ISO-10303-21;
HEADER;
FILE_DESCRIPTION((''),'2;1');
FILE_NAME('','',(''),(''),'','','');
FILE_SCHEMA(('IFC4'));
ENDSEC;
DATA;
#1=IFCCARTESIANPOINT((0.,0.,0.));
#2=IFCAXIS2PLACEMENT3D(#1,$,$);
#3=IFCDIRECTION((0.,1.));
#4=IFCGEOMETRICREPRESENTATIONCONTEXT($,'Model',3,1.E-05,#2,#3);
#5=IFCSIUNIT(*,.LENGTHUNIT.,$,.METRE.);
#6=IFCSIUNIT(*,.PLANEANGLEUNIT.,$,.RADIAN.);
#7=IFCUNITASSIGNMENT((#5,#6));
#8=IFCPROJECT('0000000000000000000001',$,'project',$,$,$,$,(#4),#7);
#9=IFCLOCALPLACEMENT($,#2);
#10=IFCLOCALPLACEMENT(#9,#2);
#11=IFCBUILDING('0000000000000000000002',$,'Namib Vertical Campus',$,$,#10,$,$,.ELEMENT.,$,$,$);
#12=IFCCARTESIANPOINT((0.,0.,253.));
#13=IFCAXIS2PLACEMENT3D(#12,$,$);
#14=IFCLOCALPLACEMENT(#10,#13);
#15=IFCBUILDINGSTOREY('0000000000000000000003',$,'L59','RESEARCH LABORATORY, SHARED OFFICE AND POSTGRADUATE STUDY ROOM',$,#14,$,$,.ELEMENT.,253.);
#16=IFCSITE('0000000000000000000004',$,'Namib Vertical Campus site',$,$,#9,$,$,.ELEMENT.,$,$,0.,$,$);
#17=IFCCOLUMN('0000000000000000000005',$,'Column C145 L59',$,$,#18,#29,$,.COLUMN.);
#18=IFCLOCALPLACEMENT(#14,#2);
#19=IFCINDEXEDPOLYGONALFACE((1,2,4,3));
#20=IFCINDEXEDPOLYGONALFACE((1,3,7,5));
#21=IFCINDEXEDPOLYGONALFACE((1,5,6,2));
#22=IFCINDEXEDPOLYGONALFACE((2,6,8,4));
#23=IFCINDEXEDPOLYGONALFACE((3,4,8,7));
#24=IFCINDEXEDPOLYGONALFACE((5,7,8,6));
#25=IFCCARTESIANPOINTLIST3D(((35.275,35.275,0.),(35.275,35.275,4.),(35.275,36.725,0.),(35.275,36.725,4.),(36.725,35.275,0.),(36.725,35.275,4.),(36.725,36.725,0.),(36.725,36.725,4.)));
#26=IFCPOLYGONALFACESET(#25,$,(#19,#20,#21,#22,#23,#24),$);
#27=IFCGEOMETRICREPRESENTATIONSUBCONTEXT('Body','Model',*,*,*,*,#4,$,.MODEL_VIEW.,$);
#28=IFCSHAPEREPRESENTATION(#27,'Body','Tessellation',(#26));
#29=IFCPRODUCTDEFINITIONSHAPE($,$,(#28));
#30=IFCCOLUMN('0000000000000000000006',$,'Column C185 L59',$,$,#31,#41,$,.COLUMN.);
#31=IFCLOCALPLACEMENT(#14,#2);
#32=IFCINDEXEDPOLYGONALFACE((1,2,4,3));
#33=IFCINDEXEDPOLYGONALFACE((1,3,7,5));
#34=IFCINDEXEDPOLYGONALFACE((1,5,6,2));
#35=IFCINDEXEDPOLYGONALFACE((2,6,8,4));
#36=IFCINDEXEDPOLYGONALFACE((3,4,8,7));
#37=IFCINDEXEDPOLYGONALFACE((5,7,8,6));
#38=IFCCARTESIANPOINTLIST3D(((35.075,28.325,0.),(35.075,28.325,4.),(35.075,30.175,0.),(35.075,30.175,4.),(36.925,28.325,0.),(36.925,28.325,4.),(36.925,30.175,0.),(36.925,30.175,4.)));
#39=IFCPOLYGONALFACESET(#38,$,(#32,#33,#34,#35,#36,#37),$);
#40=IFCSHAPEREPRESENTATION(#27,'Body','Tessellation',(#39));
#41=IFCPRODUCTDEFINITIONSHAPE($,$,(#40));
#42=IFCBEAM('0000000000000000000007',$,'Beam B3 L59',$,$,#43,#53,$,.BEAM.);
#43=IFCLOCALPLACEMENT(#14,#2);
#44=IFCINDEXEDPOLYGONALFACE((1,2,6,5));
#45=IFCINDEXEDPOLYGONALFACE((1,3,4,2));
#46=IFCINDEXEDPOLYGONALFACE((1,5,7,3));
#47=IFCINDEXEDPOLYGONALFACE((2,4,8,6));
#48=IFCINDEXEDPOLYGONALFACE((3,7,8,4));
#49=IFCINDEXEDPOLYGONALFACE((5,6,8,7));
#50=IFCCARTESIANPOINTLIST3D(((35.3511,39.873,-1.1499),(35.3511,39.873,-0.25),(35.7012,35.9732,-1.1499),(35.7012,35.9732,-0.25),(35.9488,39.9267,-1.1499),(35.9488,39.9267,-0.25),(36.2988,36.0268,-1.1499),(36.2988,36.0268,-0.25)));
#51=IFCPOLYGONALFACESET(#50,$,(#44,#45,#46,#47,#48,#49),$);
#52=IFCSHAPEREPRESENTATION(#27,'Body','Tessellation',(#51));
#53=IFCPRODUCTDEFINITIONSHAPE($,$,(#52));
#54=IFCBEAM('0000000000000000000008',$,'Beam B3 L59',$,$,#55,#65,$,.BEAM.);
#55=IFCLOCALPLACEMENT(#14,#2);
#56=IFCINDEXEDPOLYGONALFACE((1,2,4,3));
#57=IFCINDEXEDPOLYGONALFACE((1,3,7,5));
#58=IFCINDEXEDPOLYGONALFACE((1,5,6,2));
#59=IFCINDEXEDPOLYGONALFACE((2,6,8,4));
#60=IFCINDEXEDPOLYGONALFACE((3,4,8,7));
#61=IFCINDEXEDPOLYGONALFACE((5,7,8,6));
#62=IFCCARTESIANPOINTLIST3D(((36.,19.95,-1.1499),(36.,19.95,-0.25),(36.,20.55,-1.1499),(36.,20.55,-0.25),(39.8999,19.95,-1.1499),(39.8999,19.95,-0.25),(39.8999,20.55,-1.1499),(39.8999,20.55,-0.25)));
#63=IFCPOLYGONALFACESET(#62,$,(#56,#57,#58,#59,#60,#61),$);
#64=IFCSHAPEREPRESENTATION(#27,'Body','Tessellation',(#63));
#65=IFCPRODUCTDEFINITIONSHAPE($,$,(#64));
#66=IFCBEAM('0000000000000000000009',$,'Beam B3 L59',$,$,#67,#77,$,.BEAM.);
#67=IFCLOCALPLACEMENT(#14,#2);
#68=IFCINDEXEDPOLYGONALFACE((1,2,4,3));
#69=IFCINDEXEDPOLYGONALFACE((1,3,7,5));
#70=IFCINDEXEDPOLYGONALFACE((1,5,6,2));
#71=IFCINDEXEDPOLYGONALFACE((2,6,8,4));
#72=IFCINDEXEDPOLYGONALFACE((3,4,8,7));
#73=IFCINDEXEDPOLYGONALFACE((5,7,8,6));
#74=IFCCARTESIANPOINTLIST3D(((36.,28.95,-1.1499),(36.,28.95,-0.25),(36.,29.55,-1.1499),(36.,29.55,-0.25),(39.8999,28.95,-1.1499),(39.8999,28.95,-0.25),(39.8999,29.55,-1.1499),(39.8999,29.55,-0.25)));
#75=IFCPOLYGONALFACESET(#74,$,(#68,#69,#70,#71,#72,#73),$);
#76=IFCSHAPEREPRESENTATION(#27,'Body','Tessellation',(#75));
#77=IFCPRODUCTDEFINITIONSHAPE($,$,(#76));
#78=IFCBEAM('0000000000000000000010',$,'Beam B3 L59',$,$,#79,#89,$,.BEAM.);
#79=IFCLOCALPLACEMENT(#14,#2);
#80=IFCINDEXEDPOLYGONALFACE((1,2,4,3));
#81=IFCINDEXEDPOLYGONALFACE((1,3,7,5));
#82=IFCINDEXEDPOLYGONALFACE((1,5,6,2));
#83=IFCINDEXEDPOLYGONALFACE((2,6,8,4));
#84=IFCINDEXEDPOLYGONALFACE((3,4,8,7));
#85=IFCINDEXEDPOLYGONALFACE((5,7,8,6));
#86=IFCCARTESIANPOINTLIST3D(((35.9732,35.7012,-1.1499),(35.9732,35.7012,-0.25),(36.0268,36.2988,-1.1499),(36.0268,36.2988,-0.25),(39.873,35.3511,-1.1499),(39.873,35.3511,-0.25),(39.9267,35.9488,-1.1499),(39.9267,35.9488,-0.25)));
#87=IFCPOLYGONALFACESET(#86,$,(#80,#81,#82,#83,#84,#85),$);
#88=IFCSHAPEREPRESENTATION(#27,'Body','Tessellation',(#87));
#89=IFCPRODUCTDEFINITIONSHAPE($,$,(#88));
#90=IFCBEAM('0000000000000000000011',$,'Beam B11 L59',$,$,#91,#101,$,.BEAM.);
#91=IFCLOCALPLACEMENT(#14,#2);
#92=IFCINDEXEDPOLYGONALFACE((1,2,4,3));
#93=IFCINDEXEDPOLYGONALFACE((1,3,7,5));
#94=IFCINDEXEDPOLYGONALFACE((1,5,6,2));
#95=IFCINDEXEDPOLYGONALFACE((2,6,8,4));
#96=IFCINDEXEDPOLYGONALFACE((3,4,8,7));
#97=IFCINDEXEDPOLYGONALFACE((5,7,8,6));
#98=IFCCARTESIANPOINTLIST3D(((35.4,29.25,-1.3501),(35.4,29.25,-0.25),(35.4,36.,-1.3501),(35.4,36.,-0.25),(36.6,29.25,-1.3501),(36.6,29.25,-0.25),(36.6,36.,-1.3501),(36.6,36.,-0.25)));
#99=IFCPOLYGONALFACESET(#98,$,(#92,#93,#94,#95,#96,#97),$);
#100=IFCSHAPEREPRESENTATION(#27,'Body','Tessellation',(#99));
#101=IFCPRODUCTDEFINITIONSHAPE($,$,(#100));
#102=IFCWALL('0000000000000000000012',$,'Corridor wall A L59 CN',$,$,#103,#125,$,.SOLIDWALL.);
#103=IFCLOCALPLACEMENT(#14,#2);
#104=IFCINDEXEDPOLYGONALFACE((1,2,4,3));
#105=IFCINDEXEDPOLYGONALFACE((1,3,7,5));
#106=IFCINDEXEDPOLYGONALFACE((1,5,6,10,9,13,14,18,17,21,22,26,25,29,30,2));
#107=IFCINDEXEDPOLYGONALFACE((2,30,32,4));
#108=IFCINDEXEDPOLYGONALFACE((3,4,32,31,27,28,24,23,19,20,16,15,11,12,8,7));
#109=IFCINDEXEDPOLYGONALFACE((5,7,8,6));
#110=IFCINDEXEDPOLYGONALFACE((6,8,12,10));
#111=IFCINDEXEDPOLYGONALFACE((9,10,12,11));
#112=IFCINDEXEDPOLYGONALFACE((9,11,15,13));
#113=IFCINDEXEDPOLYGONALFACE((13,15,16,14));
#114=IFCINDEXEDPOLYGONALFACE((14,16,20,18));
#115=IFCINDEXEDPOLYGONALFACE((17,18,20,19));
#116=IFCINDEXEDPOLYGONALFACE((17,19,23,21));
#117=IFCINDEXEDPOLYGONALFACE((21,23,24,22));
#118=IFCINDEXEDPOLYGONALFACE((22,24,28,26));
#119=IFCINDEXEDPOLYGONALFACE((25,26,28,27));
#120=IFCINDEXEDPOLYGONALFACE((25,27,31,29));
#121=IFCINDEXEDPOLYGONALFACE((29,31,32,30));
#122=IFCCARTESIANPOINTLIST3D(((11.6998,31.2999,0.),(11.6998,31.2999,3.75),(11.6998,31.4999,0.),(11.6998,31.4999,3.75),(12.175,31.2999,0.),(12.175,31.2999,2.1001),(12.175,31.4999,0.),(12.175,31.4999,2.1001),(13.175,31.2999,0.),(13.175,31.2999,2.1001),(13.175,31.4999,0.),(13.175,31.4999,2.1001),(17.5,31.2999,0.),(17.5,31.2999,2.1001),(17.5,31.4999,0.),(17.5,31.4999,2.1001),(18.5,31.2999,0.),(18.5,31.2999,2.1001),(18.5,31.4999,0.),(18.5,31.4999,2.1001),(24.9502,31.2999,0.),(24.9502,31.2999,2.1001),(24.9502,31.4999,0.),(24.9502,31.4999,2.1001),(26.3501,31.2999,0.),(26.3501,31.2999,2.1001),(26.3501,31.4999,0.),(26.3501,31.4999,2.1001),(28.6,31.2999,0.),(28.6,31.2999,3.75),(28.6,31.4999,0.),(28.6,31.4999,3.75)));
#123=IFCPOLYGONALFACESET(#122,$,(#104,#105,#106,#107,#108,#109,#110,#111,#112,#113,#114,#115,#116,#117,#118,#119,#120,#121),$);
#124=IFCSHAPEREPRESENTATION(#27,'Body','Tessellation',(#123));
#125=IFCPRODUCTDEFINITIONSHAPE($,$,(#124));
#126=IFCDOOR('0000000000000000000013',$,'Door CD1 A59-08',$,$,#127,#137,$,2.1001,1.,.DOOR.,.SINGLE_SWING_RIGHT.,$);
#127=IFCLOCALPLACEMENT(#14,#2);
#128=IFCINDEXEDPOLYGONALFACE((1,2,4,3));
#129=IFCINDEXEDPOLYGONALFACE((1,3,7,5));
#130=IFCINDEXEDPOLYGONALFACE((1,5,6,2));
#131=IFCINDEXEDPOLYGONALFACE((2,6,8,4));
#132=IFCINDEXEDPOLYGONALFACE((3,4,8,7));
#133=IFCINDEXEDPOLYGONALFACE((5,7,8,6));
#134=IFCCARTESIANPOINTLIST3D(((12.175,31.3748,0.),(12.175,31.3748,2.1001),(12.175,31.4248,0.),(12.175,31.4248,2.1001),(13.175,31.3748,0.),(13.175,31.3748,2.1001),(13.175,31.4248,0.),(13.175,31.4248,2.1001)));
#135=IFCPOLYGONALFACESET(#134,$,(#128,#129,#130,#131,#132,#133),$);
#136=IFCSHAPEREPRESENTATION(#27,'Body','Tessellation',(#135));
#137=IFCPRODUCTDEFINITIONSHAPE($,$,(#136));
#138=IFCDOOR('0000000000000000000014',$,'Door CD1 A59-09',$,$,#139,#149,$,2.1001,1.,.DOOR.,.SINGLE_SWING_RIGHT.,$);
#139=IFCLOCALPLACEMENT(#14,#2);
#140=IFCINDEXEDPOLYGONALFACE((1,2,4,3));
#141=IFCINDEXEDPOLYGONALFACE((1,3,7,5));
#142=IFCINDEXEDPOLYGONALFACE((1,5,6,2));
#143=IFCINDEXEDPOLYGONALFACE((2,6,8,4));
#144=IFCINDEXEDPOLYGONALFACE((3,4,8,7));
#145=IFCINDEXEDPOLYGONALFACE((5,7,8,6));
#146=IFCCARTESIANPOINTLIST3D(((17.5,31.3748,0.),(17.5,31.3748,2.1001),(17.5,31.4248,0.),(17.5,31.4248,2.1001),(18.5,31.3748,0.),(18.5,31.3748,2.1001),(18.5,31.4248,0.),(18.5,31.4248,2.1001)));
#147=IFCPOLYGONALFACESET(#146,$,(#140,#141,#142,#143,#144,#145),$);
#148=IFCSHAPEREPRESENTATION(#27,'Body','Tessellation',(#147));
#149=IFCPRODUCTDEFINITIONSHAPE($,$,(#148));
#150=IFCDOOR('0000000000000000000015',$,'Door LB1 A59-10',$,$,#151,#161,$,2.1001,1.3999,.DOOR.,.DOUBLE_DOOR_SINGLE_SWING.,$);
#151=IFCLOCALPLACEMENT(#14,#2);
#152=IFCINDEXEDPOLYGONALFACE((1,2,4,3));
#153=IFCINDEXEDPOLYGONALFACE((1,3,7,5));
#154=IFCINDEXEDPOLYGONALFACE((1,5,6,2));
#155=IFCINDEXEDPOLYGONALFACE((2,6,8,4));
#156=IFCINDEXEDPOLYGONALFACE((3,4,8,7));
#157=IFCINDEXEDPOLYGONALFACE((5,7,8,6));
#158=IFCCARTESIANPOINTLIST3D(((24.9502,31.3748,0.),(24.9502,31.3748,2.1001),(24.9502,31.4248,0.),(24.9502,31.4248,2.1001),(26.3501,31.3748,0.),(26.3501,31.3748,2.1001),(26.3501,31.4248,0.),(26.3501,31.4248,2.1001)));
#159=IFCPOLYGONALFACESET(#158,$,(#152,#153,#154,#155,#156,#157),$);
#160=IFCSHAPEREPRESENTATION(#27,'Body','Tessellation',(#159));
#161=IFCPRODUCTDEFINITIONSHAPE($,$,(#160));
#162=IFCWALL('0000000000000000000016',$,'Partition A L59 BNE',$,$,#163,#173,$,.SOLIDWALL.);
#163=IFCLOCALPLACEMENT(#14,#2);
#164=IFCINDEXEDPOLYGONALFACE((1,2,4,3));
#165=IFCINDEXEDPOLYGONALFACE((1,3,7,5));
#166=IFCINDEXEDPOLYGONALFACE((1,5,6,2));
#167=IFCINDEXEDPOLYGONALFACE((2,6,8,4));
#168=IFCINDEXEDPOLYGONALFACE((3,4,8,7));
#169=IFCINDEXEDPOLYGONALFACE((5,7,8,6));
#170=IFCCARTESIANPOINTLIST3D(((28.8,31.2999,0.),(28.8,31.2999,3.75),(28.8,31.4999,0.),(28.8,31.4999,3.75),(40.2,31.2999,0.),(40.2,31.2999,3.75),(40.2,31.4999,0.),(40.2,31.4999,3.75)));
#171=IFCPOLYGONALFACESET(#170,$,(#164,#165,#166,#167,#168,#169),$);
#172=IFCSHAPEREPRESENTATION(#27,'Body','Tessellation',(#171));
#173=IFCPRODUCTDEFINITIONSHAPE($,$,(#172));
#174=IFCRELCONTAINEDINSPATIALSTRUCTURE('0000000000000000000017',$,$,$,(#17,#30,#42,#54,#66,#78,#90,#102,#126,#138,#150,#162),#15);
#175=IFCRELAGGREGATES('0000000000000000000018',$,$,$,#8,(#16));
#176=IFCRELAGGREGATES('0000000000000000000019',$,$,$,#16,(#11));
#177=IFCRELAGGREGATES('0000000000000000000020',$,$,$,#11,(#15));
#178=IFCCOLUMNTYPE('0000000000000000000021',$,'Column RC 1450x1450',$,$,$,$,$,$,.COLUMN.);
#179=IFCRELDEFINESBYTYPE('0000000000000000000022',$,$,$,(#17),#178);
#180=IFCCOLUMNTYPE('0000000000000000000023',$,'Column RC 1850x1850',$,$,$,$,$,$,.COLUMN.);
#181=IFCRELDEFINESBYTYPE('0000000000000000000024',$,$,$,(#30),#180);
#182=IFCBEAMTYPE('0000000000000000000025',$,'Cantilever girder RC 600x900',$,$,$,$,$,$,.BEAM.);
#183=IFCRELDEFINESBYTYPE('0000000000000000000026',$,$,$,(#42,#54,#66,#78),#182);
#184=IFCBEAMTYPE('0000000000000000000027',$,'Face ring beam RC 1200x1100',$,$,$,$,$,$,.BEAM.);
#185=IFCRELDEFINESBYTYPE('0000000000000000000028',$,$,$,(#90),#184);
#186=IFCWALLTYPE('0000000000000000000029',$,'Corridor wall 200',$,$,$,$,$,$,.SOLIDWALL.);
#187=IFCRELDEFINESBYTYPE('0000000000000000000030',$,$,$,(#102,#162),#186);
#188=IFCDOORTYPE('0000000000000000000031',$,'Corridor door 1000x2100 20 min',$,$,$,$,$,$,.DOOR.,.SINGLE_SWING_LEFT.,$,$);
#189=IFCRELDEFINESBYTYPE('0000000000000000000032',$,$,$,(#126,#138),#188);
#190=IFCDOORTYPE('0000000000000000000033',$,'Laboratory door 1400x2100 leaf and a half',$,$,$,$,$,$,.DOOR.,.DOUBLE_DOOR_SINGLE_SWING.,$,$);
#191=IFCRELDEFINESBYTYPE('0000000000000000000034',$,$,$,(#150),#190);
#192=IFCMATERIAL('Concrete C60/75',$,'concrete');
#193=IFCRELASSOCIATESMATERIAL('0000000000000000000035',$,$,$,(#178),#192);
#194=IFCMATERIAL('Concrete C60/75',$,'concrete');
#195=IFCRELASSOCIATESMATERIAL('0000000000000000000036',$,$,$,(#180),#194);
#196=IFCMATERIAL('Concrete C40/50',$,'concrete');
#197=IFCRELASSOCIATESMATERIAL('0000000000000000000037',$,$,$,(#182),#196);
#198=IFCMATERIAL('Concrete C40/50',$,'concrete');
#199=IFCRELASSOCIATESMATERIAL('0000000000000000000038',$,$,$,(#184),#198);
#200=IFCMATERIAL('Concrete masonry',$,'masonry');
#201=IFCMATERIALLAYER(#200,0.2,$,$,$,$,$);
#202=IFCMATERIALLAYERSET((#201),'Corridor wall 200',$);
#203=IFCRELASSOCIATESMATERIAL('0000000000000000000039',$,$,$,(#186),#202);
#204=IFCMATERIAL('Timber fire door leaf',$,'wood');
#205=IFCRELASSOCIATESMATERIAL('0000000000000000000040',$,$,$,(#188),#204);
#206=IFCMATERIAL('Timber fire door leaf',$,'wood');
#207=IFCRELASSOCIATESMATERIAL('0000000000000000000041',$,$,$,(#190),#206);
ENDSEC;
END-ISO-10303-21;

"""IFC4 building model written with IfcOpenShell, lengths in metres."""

from ifc_helpers import new_model, si_unit, direction, frame, frame_2d, origin, origin_2d, place, context, subcontext, project, spatial, rectangle, extrude, material, layer, layer_set, material_profile, profile_set, type_object, element, fill, save


model = new_model("IFC4")

# Units and contexts
model_context = context("Model", 3, precision=1e-05, world=origin(), true_north=direction((0.0, 1.0)))
body_context = subcontext(model_context, "Body", "Model", "MODEL_VIEW")
ifc_project = project(units=[si_unit("LENGTHUNIT", "METRE"), si_unit("PLANEANGLEUNIT", "RADIAN")], contexts=[model_context])

# Site, building, storey
site_placement = place(None, origin())
site = spatial("IfcSite", under=ifc_project, at=site_placement, Name="Namib Vertical Campus site", CompositionType="ELEMENT", RefElevation=0.0)
building_placement = place(site_placement, origin())
building = spatial("IfcBuilding", under=site, at=building_placement, Name="Namib Vertical Campus", CompositionType="ELEMENT")
storey_placement = place(building_placement, frame((0.0, 0.0, 253.0)))
storey = spatial("IfcBuildingStorey", under=building, at=storey_placement, Name="L59", Description="RESEARCH LABORATORY, SHARED OFFICE AND POSTGRADUATE STUDY ROOM", CompositionType="ELEMENT", Elevation=253.0)

# Columns
ifc_material_1 = material(Name="Concrete C60/75", Category="concrete")
ifc_material_profile_1 = material_profile(ifc_material_1, rectangle(XDim=1.45, YDim=1.45, at=origin_2d()))
ifc_profile_set_1 = profile_set([ifc_material_profile_1], Name="Concrete C60/75")
column_type_1 = type_object("IfcColumnType", Name="Column RC 1450x1450", PredefinedType="COLUMN", material=ifc_profile_set_1)
column_1_placement = place(storey_placement, frame((36.0, 36.0, 0.0), z_axis=(0.0, 0.0, 1.0), x_axis=(1.0, 0.0, 0.0)))
element("IfcColumn", 1, at=column_1_placement, inside=storey, type_object=column_type_1, Name="Column C145 L59", PredefinedType="COLUMN", context=body_context, shape_type="SweptSolid", body=[
    extrude(rectangle(XDim=1.45, YDim=1.45, at=origin_2d()), origin(), (0.0, 0.0, 1.0), 4.0),
])
ifc_material_2 = material(Name="Concrete C60/75", Category="concrete")
ifc_material_profile_2 = material_profile(ifc_material_2, rectangle(XDim=1.8501, YDim=1.8501, at=origin_2d()))
ifc_profile_set_2 = profile_set([ifc_material_profile_2], Name="Concrete C60/75")
column_type_2 = type_object("IfcColumnType", Name="Column RC 1850x1850", PredefinedType="COLUMN", material=ifc_profile_set_2)
column_2_placement = place(storey_placement, frame((36.0, 29.25, 0.0), z_axis=(0.0, 0.0, 1.0), x_axis=(1.0, 0.0, 0.0)))
element("IfcColumn", 2, at=column_2_placement, inside=storey, type_object=column_type_2, Name="Column C185 L59", PredefinedType="COLUMN", context=body_context, shape_type="SweptSolid", body=[
    extrude(rectangle(XDim=1.8501, YDim=1.8501, at=origin_2d()), origin(), (0.0, 0.0, 1.0), 4.0),
])

# Beams
ifc_material_3 = material(Name="Concrete C40/50", Category="concrete")
ifc_material_profile_3 = material_profile(ifc_material_3, rectangle(XDim=0.6001, YDim=0.8999, at=origin_2d()))
ifc_profile_set_3 = profile_set([ifc_material_profile_3], Name="Concrete C40/50")
beam_type_1 = type_object("IfcBeamType", Name="Cantilever girder RC 600x900", PredefinedType="BEAM", material=ifc_profile_set_3)
beam_1_placement = place(storey_placement, frame((36.0, 36.0, -0.7), z_axis=(-0.089411, 0.995995, 0.0), x_axis=(-0.995995, -0.089411, 0.0)))
element("IfcBeam", 3, at=beam_1_placement, inside=storey, type_object=beam_type_1, Name="Beam B3 L59", PredefinedType="BEAM", context=body_context, shape_type="SweptSolid", body=[
    extrude(rectangle(XDim=0.6001, YDim=0.8999, at=origin_2d()), origin(), (0.0, 0.0, 1.0), 3.9155),
])
for number, where, z_axis, x_axis, name in (
    (4, (36.0, 20.25, -0.7), (1.0, 0.0, 0.0), (0.0, 1.0, 0.0), "Beam B3 L59"),
    (5, (36.0, 29.25, -0.7), (1.0, 0.0, 0.0), (0.0, 1.0, 0.0), "Beam B3 L59"),
):
    element("IfcBeam", number, at=place(storey_placement, frame(where, z_axis=z_axis, x_axis=x_axis)), inside=storey, type_object=beam_type_1, Name=name, PredefinedType="BEAM", context=body_context, shape_type="SweptSolid", body=[
        extrude(rectangle(XDim=0.6001, YDim=0.8999, at=origin_2d()), origin(), (0.0, 0.0, 1.0), 3.8999),
    ])
beam_2_placement = place(storey_placement, frame((36.0, 36.0, -0.7), z_axis=(0.995995, -0.089411, 0.0), x_axis=(0.089411, 0.995995, 0.0)))
element("IfcBeam", 6, at=beam_2_placement, inside=storey, type_object=beam_type_1, Name="Beam B3 L59", PredefinedType="BEAM", context=body_context, shape_type="SweptSolid", body=[
    extrude(rectangle(XDim=0.6001, YDim=0.8999, at=origin_2d()), origin(), (0.0, 0.0, 1.0), 3.9155),
])
ifc_material_4 = material(Name="Concrete C40/50", Category="concrete")
ifc_material_profile_4 = material_profile(ifc_material_4, rectangle(XDim=1.2, YDim=1.1001, at=origin_2d()))
ifc_profile_set_4 = profile_set([ifc_material_profile_4], Name="Concrete C40/50")
beam_type_2 = type_object("IfcBeamType", Name="Face ring beam RC 1200x1100", PredefinedType="BEAM", material=ifc_profile_set_4)
beam_3_placement = place(storey_placement, frame((36.0, 29.25, -0.8), z_axis=(0.0, 1.0, 0.0), x_axis=(-1.0, 0.0, 0.0)))
element("IfcBeam", 7, at=beam_3_placement, inside=storey, type_object=beam_type_2, Name="Beam B11 L59", PredefinedType="BEAM", context=body_context, shape_type="SweptSolid", body=[
    extrude(rectangle(XDim=1.2, YDim=1.1001, at=origin_2d()), origin(), (0.0, 0.0, 1.0), 6.75),
])

# Wall, openings, doors
ifc_material_5 = material(Name="Concrete masonry", Category="masonry")
ifc_layer_1 = layer(ifc_material_5, 0.2)
ifc_layer_set_1 = layer_set([ifc_layer_1], Name="Corridor wall 200")
wall_type_1 = type_object("IfcWallType", Name="Corridor wall 200", PredefinedType="SOLIDWALL", material=ifc_layer_set_1)
wall_1_placement = place(storey_placement, frame((28.6001, 31.3999, 0.0), z_axis=(0.0, 0.0, 1.0), x_axis=(-1.0, 0.0, 0.0)))
wall_1 = element("IfcWall", 8, at=wall_1_placement, inside=storey, type_object=wall_type_1, Name="Corridor wall A L59 CN", PredefinedType="SOLIDWALL", context=body_context, shape_type="SweptSolid", body=[
    extrude(rectangle(XDim=16.9001, YDim=0.2, at=frame_2d((8.4502, 0.0))), origin(), (0.0, 0.0, 1.0), 3.75),
])
opening_1_placement = place(wall_1_placement, frame((15.425, 0.0, 0.0)))
opening_1 = element("IfcOpeningElement", 9, at=opening_1_placement, cuts=wall_1, PredefinedType="OPENING", context=body_context, shape_type="SweptSolid", body=[
    extrude(rectangle(XDim=1.0, YDim=2.1001, at=frame_2d((0.5, 1.05))), frame((0.0, 0.1099, 0.0), z_axis=(0.0, -1.0, 0.0), x_axis=(1.0, 0.0, 0.0)), (0.0, 0.0, 1.0), 0.22),
])
opening_2_placement = place(wall_1_placement, frame((10.1001, 0.0, 0.0)))
opening_2 = element("IfcOpeningElement", 10, at=opening_2_placement, cuts=wall_1, PredefinedType="OPENING", context=body_context, shape_type="SweptSolid", body=[
    extrude(rectangle(XDim=1.0, YDim=2.1001, at=frame_2d((0.5, 1.05))), frame((0.0, 0.1099, 0.0), z_axis=(0.0, -1.0, 0.0), x_axis=(1.0, 0.0, 0.0)), (0.0, 0.0, 1.0), 0.22),
])
opening_3_placement = place(wall_1_placement, frame((2.25, 0.0, 0.0)))
opening_3 = element("IfcOpeningElement", 11, at=opening_3_placement, cuts=wall_1, PredefinedType="OPENING", context=body_context, shape_type="SweptSolid", body=[
    extrude(rectangle(XDim=1.3999, YDim=2.1001, at=frame_2d((0.7, 1.05))), frame((0.0, 0.1099, 0.0), z_axis=(0.0, -1.0, 0.0), x_axis=(1.0, 0.0, 0.0)), (0.0, 0.0, 1.0), 0.22),
])
ifc_material_6 = material(Name="Timber fire door leaf", Category="wood")
door_type_1 = type_object("IfcDoorType", Name="Corridor door 1000x2100 20 min", OperationType="SINGLE_SWING_LEFT", PredefinedType="DOOR", material=ifc_material_6)
door_1_placement = place(opening_1_placement, frame((1.0, 0.0, 0.0), z_axis=(0.0, 0.0, 1.0), x_axis=(-1.0, 0.0, 0.0)))
door_1 = element("IfcDoor", 12, at=door_1_placement, inside=storey, type_object=door_type_1, Name="Door CD1 A59-08", OperationType="SINGLE_SWING_RIGHT", OverallHeight=2.1001, OverallWidth=1.0, PredefinedType="DOOR", context=body_context, shape_type="SweptSolid", body=[
    extrude(rectangle(XDim=1.0, YDim=2.1001, at=frame_2d((0.5, 1.05))), frame((0.0, 0.0249, 0.0), z_axis=(0.0, -1.0, 0.0), x_axis=(1.0, 0.0, 0.0)), (0.0, 0.0, 1.0), 0.05),
])
fill(opening_1, door_1)
door_2_placement = place(opening_2_placement, frame((1.0, 0.0, 0.0), z_axis=(0.0, 0.0, 1.0), x_axis=(-1.0, 0.0, 0.0)))
door_2 = element("IfcDoor", 13, at=door_2_placement, inside=storey, type_object=door_type_1, Name="Door CD1 A59-09", OperationType="SINGLE_SWING_RIGHT", OverallHeight=2.1001, OverallWidth=1.0, PredefinedType="DOOR", context=body_context, shape_type="SweptSolid", body=[
    extrude(rectangle(XDim=1.0, YDim=2.1001, at=frame_2d((0.5, 1.05))), frame((0.0, 0.0249, 0.0), z_axis=(0.0, -1.0, 0.0), x_axis=(1.0, 0.0, 0.0)), (0.0, 0.0, 1.0), 0.05),
])
fill(opening_2, door_2)
ifc_material_7 = material(Name="Timber fire door leaf", Category="wood")
door_type_2 = type_object("IfcDoorType", Name="Laboratory door 1400x2100 leaf and a half", OperationType="DOUBLE_DOOR_SINGLE_SWING", PredefinedType="DOOR", material=ifc_material_7)
door_3_placement = place(opening_3_placement, frame((1.3999, 0.0, 0.0), z_axis=(0.0, 0.0, 1.0), x_axis=(-1.0, 0.0, 0.0)))
door_3 = element("IfcDoor", 14, at=door_3_placement, inside=storey, type_object=door_type_2, Name="Door LB1 A59-10", OperationType="DOUBLE_DOOR_SINGLE_SWING", OverallHeight=2.1001, OverallWidth=1.3999, PredefinedType="DOOR", context=body_context, shape_type="SweptSolid", body=[
    extrude(rectangle(XDim=1.3999, YDim=2.1001, at=frame_2d((0.7, 1.05))), frame((0.0, 0.0249, 0.0), z_axis=(0.0, -1.0, 0.0), x_axis=(1.0, 0.0, 0.0)), (0.0, 0.0, 1.0), 0.05),
])
fill(opening_3, door_3)

# Wall
wall_2_placement = place(storey_placement, frame((28.8, 31.3999, 0.0), z_axis=(0.0, 0.0, 1.0), x_axis=(1.0, 0.0, 0.0)))
element("IfcWall", 15, at=wall_2_placement, inside=storey, type_object=wall_type_1, Name="Partition A L59 BNE", PredefinedType="SOLIDWALL", context=body_context, shape_type="SweptSolid", body=[
    extrude(rectangle(XDim=11.3999, YDim=0.2, at=frame_2d((5.7, 0.0))), origin(), (0.0, 0.0, 1.0), 3.75),
])

save(model, "model.ifc")
